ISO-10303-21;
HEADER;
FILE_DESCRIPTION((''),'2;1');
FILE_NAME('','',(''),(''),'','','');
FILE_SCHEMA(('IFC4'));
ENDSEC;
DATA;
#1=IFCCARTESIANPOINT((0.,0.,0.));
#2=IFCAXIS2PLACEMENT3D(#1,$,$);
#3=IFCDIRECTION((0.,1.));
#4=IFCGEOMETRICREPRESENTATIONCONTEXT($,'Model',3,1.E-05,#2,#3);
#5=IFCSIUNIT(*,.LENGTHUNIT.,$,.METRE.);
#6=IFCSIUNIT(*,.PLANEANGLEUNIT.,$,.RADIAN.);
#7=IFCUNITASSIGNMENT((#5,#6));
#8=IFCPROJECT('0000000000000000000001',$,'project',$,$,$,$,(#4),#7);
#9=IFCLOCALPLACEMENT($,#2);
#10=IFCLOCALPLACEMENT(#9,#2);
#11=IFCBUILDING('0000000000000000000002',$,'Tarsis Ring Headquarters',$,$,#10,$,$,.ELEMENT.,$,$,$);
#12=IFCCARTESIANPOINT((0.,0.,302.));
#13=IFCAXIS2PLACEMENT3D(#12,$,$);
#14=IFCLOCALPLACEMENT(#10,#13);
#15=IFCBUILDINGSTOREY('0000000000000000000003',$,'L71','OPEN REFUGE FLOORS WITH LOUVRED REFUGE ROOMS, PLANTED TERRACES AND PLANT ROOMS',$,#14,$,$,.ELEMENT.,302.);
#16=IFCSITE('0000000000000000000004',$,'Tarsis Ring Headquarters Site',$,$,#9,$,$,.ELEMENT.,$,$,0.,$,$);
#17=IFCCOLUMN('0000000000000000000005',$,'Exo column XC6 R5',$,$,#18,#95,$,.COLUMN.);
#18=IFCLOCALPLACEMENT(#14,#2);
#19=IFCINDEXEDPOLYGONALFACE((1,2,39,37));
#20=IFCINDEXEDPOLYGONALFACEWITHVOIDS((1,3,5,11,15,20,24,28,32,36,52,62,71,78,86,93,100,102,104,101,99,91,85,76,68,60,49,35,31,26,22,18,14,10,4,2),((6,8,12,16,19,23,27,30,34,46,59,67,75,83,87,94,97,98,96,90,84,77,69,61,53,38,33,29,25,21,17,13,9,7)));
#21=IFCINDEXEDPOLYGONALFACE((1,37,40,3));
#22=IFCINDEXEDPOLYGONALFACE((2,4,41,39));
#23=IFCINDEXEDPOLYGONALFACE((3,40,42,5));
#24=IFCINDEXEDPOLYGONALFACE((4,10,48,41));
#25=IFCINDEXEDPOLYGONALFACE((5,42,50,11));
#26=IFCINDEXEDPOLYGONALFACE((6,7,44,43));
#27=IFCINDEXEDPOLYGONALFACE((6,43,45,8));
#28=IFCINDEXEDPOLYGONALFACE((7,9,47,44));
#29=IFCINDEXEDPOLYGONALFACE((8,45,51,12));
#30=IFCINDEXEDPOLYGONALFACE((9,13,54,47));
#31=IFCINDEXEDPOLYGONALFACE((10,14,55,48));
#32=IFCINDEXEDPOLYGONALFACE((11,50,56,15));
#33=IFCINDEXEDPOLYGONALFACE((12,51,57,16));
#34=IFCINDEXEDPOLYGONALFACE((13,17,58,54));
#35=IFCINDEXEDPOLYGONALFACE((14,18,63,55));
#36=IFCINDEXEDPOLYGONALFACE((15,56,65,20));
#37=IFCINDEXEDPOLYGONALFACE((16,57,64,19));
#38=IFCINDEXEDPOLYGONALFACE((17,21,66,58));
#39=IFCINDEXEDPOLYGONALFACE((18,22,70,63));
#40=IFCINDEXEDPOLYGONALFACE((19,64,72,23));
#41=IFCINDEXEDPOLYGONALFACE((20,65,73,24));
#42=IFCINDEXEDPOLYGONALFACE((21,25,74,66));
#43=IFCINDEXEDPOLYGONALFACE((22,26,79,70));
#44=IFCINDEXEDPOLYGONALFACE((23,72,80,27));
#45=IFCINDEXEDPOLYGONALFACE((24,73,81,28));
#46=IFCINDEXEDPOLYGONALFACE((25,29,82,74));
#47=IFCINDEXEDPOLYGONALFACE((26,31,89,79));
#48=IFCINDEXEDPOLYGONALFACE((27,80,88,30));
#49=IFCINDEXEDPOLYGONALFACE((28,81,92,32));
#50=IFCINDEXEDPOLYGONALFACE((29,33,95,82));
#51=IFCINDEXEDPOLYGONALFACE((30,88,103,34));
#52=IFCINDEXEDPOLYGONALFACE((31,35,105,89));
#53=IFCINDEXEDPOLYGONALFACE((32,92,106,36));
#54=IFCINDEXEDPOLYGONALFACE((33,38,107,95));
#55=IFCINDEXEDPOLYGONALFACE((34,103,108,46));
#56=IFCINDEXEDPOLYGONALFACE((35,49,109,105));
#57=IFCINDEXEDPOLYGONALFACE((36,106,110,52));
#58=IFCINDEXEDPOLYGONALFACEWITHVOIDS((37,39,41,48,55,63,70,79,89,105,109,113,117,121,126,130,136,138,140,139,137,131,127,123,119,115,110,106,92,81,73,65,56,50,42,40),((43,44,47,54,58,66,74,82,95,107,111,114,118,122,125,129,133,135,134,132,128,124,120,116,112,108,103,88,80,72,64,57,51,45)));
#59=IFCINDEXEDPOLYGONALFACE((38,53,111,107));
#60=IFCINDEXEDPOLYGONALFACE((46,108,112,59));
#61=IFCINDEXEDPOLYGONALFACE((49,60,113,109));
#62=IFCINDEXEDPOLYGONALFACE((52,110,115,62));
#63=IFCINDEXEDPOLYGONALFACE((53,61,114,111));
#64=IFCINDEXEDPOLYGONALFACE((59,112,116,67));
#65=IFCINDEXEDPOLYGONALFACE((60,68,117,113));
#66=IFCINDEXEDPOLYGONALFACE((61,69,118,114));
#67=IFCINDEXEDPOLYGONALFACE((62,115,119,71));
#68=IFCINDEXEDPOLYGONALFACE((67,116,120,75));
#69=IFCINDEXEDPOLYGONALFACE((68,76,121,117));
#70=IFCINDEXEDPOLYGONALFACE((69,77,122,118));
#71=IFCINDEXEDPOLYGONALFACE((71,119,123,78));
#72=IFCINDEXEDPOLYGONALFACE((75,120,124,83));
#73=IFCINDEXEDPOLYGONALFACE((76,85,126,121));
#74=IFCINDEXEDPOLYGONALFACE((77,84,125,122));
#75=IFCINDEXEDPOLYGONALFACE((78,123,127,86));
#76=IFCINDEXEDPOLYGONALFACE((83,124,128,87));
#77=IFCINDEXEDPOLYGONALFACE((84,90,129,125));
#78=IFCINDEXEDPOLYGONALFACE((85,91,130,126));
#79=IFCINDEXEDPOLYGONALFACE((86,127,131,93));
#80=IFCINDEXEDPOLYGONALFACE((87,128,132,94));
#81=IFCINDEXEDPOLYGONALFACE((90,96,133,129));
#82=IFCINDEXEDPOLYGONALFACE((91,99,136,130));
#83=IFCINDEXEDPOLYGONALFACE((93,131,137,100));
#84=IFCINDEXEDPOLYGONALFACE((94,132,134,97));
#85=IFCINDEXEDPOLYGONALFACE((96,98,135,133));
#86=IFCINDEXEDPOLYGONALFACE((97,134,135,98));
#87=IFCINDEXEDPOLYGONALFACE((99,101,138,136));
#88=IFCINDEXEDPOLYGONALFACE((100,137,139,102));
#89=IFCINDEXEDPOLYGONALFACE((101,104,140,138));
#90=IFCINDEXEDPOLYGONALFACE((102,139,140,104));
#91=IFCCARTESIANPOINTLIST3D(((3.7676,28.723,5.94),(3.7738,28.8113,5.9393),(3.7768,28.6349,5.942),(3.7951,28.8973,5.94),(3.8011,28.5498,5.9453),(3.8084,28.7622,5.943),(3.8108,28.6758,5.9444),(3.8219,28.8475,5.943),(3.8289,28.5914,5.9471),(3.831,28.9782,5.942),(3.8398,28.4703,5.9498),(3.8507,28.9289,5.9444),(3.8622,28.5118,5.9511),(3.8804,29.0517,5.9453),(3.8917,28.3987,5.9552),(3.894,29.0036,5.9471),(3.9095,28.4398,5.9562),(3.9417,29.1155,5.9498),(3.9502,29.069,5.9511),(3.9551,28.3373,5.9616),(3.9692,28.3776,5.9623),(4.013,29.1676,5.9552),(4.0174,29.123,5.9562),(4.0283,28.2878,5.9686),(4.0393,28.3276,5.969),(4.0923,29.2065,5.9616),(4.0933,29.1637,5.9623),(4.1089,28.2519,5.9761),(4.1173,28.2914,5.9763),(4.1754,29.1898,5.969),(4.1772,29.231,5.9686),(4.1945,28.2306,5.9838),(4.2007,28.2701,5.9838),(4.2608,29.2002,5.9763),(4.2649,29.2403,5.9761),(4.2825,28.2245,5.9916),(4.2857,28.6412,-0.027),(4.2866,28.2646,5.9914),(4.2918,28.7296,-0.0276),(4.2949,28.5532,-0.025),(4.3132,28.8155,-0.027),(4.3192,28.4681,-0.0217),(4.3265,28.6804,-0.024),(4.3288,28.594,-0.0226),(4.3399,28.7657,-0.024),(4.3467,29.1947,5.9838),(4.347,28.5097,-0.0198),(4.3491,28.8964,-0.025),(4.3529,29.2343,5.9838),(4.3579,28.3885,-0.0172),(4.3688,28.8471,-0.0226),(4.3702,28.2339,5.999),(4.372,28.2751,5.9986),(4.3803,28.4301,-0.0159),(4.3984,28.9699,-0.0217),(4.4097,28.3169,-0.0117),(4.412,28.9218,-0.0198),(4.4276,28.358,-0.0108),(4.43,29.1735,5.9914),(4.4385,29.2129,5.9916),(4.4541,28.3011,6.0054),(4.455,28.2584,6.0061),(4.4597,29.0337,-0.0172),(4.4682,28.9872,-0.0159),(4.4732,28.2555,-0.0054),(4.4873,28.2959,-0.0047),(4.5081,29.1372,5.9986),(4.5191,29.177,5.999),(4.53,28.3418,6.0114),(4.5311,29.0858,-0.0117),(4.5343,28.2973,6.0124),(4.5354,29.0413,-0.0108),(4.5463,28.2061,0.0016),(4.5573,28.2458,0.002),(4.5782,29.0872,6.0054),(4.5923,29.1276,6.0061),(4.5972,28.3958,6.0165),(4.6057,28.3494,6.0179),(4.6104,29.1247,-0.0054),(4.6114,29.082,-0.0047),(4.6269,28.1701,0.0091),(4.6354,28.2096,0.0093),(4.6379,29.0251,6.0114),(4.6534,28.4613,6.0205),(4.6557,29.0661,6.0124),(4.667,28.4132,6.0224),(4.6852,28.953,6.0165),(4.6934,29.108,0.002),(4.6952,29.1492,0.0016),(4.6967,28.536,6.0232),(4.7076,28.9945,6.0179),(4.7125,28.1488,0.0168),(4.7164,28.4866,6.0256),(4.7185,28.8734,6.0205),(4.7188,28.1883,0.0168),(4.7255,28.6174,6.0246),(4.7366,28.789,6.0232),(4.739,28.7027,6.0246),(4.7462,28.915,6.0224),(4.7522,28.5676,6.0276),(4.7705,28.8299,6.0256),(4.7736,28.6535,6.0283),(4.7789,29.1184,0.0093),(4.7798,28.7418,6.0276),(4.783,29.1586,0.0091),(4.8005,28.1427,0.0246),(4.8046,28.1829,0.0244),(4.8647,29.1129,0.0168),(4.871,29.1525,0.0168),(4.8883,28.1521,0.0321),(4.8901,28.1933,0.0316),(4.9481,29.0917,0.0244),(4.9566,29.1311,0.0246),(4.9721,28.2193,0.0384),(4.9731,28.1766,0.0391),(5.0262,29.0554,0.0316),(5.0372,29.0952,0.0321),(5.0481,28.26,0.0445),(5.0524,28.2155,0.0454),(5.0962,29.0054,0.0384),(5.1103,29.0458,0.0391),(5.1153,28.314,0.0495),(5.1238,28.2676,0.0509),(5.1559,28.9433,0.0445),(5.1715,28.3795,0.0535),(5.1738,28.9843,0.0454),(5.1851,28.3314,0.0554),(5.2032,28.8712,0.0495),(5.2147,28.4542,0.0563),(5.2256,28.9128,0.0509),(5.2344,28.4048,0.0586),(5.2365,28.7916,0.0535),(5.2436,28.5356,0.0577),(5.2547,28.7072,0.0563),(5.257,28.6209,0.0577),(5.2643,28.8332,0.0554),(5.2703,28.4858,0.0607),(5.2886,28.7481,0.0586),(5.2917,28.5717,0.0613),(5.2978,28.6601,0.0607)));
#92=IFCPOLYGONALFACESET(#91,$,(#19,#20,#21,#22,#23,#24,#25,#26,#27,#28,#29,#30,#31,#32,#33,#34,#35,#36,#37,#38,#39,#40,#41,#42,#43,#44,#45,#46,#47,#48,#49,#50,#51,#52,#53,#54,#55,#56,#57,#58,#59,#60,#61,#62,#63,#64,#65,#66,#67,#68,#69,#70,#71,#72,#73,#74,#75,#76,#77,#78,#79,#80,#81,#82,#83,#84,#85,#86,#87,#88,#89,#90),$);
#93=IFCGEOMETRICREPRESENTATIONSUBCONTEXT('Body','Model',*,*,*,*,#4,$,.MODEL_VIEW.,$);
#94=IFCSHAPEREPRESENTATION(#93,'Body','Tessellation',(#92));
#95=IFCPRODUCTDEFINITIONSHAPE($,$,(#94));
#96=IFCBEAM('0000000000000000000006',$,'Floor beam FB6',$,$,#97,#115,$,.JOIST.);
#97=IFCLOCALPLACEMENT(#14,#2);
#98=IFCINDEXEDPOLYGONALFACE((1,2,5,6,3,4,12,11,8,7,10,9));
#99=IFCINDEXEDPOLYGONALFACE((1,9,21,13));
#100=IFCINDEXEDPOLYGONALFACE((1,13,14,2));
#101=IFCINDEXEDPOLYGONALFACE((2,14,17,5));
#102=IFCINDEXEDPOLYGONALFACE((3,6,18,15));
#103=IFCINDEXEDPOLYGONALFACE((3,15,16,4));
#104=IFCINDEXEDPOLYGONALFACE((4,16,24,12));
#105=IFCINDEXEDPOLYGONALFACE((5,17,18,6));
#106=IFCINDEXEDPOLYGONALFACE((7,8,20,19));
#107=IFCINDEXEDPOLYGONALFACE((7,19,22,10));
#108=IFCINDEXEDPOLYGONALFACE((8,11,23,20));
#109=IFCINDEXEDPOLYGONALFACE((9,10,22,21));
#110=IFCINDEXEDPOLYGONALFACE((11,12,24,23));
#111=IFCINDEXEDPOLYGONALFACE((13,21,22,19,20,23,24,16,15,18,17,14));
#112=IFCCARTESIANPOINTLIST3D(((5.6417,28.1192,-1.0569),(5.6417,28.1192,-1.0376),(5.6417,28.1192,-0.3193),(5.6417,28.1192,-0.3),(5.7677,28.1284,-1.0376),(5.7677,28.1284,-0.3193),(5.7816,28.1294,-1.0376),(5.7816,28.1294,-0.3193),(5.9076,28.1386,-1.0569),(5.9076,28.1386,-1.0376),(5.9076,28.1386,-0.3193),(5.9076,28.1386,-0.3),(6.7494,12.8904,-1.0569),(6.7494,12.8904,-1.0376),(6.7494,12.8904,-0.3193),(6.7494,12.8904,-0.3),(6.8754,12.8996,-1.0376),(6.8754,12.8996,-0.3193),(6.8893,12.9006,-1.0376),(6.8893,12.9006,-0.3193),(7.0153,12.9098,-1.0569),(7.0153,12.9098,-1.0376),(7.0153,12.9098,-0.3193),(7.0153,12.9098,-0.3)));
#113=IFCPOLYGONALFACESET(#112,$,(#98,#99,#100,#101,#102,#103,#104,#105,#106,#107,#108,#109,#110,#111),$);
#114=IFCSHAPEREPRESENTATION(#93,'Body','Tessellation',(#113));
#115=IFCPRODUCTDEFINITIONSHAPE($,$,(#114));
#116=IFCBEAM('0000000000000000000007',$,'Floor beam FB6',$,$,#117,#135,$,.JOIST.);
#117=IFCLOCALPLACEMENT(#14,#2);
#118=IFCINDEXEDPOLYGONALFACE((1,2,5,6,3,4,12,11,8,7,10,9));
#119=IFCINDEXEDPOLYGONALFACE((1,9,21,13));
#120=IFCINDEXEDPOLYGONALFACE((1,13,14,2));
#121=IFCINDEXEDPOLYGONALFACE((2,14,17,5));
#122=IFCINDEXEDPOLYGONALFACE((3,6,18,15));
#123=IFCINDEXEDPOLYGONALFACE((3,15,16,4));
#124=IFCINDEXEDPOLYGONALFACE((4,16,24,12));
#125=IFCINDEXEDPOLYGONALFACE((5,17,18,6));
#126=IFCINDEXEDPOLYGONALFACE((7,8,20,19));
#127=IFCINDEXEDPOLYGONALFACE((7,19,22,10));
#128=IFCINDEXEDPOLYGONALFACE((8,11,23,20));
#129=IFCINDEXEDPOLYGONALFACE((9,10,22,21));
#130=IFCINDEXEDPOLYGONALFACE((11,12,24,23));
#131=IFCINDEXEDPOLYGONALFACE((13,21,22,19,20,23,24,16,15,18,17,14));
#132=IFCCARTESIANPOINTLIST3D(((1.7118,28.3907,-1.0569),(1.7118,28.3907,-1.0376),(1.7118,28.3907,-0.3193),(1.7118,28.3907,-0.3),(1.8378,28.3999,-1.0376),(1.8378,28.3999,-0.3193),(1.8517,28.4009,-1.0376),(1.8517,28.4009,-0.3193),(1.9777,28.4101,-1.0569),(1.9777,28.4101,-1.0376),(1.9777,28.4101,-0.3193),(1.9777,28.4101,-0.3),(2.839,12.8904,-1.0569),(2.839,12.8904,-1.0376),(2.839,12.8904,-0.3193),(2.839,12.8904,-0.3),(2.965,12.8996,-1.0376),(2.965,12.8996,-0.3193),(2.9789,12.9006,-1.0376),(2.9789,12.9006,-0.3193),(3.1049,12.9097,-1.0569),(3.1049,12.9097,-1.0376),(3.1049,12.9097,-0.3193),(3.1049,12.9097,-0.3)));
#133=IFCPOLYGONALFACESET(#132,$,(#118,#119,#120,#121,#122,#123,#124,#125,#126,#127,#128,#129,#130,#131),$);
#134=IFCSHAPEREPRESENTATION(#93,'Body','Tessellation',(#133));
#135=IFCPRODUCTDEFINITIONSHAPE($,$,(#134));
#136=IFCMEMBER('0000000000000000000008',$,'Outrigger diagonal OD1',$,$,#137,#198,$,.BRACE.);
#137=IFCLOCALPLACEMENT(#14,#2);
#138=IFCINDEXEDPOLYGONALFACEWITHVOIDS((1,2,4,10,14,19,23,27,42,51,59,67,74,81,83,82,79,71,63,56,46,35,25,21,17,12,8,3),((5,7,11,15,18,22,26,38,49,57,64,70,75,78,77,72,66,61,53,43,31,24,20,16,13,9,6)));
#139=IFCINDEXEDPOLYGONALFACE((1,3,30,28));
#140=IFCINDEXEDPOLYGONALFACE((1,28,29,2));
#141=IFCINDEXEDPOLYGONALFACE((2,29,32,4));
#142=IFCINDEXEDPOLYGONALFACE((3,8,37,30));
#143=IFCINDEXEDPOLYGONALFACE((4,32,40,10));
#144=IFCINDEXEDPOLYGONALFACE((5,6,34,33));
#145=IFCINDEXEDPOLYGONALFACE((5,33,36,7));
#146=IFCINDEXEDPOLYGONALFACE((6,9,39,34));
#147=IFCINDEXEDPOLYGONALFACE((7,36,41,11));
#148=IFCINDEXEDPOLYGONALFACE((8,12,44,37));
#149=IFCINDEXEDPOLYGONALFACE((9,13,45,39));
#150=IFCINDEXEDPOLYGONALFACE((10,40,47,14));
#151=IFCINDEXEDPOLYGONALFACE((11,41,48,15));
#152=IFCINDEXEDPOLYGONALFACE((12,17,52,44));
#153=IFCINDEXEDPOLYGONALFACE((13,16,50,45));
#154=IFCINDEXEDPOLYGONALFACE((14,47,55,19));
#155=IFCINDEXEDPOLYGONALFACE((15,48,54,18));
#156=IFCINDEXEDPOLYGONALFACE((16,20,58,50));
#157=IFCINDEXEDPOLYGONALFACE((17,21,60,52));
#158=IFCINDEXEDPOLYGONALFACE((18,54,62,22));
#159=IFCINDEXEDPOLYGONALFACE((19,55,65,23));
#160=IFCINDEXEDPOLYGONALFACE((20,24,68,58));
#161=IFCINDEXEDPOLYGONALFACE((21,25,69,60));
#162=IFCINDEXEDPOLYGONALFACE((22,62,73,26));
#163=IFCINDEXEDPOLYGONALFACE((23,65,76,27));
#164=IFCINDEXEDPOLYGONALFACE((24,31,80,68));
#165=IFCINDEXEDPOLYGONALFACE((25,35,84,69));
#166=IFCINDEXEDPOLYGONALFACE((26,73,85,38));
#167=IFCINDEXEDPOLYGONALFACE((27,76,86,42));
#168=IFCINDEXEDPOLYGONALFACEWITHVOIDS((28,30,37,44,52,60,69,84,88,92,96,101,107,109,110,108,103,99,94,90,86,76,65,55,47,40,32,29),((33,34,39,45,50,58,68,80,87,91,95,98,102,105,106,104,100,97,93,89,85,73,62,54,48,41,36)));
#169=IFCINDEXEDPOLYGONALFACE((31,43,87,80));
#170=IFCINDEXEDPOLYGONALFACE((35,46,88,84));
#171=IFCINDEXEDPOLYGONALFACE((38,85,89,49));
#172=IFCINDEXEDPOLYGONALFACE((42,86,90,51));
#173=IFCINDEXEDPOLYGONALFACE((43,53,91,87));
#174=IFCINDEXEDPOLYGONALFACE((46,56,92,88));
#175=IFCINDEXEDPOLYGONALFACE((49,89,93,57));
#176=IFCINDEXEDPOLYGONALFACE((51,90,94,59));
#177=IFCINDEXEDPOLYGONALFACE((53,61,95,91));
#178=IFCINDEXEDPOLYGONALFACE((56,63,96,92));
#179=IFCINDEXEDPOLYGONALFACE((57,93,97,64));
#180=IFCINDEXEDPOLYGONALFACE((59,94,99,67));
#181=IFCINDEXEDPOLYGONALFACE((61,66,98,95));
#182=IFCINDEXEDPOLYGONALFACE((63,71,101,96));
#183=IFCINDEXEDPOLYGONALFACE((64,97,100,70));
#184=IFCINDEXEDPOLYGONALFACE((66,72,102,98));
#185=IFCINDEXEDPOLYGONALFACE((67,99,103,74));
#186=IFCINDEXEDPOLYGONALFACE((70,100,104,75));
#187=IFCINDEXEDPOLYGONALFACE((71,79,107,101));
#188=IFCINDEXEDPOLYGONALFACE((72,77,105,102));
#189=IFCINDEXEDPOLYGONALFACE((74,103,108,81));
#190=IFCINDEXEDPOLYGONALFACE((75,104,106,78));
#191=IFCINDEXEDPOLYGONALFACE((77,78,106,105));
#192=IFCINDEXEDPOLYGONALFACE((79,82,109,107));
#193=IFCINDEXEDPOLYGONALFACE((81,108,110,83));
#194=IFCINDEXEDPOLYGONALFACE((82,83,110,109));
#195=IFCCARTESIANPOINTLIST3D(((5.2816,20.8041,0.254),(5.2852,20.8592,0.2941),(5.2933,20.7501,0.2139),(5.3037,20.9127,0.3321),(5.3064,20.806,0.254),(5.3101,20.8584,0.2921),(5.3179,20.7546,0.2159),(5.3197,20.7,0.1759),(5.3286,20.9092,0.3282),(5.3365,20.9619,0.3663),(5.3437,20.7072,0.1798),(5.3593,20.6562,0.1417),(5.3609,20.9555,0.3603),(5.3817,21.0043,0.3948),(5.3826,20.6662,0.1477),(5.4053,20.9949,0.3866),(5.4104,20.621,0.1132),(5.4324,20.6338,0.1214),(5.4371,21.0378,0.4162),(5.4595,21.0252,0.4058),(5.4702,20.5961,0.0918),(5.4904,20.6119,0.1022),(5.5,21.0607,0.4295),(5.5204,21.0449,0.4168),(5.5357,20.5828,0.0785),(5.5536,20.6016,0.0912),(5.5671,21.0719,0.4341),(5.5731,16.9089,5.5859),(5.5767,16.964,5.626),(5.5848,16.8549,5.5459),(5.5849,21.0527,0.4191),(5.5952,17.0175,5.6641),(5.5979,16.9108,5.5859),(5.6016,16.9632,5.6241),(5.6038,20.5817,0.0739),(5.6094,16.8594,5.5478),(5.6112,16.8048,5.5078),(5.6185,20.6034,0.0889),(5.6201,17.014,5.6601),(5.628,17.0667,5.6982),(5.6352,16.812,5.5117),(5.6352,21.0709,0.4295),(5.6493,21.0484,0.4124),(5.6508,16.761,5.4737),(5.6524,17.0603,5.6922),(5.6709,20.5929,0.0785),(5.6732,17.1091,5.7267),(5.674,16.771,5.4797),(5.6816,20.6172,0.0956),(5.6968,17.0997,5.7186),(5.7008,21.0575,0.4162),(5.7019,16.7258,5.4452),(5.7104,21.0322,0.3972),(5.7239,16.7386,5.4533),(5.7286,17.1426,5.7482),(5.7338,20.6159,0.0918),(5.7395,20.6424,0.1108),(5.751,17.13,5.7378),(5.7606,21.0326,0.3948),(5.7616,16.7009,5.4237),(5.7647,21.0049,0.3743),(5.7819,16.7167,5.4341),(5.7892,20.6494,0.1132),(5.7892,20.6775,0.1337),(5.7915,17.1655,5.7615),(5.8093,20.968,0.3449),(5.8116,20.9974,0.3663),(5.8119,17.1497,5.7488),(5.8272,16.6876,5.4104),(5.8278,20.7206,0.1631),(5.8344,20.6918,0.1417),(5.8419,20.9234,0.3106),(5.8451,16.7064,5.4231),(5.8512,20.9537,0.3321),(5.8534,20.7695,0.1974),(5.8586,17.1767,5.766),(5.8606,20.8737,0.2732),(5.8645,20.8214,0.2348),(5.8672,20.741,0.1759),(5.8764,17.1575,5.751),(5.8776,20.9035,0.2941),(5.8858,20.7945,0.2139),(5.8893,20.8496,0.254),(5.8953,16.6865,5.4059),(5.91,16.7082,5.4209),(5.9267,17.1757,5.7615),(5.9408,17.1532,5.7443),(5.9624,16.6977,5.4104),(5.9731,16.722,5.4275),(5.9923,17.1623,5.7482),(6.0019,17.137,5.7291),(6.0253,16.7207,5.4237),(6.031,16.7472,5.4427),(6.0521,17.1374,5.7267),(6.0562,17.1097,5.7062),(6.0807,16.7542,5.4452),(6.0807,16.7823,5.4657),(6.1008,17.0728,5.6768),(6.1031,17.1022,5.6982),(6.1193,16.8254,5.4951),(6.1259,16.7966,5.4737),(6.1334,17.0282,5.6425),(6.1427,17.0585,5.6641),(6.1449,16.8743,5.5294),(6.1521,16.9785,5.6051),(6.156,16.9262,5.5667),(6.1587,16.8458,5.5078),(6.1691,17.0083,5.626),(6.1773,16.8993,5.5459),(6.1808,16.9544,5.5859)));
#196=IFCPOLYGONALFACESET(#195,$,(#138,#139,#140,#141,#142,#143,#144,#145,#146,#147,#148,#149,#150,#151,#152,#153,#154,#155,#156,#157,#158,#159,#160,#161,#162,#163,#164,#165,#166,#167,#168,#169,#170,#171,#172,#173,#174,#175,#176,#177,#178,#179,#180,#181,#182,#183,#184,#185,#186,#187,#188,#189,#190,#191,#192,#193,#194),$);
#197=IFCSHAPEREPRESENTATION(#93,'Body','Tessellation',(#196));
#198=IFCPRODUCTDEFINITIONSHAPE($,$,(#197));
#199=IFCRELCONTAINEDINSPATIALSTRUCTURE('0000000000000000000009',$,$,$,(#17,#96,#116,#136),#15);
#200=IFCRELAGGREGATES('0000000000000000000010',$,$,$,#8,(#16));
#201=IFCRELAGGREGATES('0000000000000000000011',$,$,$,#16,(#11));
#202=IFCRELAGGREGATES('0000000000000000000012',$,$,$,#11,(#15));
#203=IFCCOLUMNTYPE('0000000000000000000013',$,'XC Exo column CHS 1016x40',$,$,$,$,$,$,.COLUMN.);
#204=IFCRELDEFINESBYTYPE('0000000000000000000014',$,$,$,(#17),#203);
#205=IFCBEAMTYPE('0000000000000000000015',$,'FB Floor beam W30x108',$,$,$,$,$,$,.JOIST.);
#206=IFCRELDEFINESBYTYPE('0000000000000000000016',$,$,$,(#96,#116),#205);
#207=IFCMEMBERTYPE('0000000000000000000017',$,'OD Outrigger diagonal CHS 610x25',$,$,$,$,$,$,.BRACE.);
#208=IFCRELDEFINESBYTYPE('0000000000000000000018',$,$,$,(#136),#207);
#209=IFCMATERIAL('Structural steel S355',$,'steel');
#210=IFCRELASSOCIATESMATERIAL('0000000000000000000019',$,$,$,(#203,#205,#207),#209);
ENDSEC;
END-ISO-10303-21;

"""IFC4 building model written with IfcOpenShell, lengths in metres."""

from ifc_helpers import new_model, si_unit, direction, frame, origin, origin_2d, place, context, subcontext, project, spatial, hollow_circle, i_section, extrude, material, material_profile, profile_set, type_object, element, save


model = new_model("IFC4")

# Units and contexts
model_context = context("Model", 3, precision=1e-05, world=origin(), true_north=direction((0.0, 1.0)))
body_context = subcontext(model_context, "Body", "Model", "MODEL_VIEW")
ifc_project = project(units=[si_unit("LENGTHUNIT", "METRE"), si_unit("PLANEANGLEUNIT", "RADIAN")], contexts=[model_context])

# Site, building, storey
site_placement = place(None, origin())
site = spatial("IfcSite", under=ifc_project, at=site_placement, Name="Tarsis Ring Headquarters Site", CompositionType="ELEMENT", RefElevation=0.0)
building_placement = place(site_placement, origin())
building = spatial("IfcBuilding", under=site, at=building_placement, Name="Tarsis Ring Headquarters", CompositionType="ELEMENT")
storey_placement = place(building_placement, frame((0.0, 0.0, 302.0)))
storey = spatial("IfcBuildingStorey", under=building, at=storey_placement, Name="L71", Description="OPEN REFUGE FLOORS WITH LOUVRED REFUGE ROOMS, PLANTED TERRACES AND PLANT ROOMS", CompositionType="ELEMENT", Elevation=302.0)

# Column
ifc_material_1 = material(Name="Structural steel S355", Category="steel")
ifc_material_profile_1 = material_profile(ifc_material_1, hollow_circle(Radius=0.5081, WallThickness=0.04, at=origin_2d()), Name="CHS 1016x40")
ifc_profile_set_1 = profile_set([ifc_material_profile_1], Name="Structural steel S355")
column_type = type_object("IfcColumnType", Name="XC Exo column CHS 1016x40", PredefinedType="COLUMN", material=ifc_profile_set_1)
column_placement = place(storey_placement, frame((4.7917, 28.6506, 0.0168), z_axis=(-0.086488, 0.013654, 0.996159), x_axis=(-0.155939, -0.987767, 0.0)))
element("IfcColumn", 1, at=column_placement, inside=storey, type_object=column_type, Name="Exo column XC6 R5", PredefinedType="COLUMN", context=body_context, shape_type="SweptSolid", body=[
    extrude(hollow_circle(Radius=0.5081, WallThickness=0.04, at=origin_2d()), origin(), (0.0, 0.0, 1.0), 5.99),
])

# Beams
ifc_material_profile_2 = material_profile(ifc_material_1, i_section(OverallWidth=0.2666, OverallDepth=0.7568, WebThickness=0.0139, FlangeThickness=0.0193, at=origin_2d()), Name="W30x108")
ifc_profile_set_2 = profile_set([ifc_material_profile_2], Name="Structural steel S355")
beam_type_1 = type_object("IfcBeamType", Name="FB Floor beam W30x108", PredefinedType="JOIST", material=ifc_profile_set_2)
beam_1_placement = place(storey_placement, frame((5.7747, 28.1289, -0.6785), z_axis=(0.072544, -0.997365, 0.0), x_axis=(0.997365, 0.072544, 0.0)))
element("IfcBeam", 2, at=beam_1_placement, inside=storey, type_object=beam_type_1, Name="Floor beam FB6", PredefinedType="JOIST", context=body_context, shape_type="SweptSolid", body=[
    extrude(i_section(OverallWidth=0.2666, OverallDepth=0.7568, WebThickness=0.0139, FlangeThickness=0.0193, at=origin_2d()), origin(), (0.0, 0.0, 1.0), 15.269),
])
beam_2_placement = place(storey_placement, frame((1.8447, 28.4004, -0.6785), z_axis=(0.07253, -0.997366, 0.0), x_axis=(0.997366, 0.07253, 0.0)))
element("IfcBeam", 3, at=beam_2_placement, inside=storey, type_object=beam_type_1, Name="Floor beam FB6", PredefinedType="JOIST", context=body_context, shape_type="SweptSolid", body=[
    extrude(i_section(OverallWidth=0.2666, OverallDepth=0.7568, WebThickness=0.0139, FlangeThickness=0.0193, at=origin_2d()), origin(), (0.0, 0.0, 1.0), 15.5413),
])

# Member
ifc_material_profile_3 = material_profile(ifc_material_1, hollow_circle(Radius=0.3047, WallThickness=0.0249, at=origin_2d()), Name="CHS 610x25")
ifc_profile_set_3 = profile_set([ifc_material_profile_3], Name="Structural steel S355")
member_type_1 = type_object("IfcMemberType", Name="OD Outrigger diagonal CHS 610x25", PredefinedType="BRACE", material=ifc_profile_set_3)
member_1_placement = place(storey_placement, frame((5.877, 16.9316, 5.5859), z_axis=(-0.044102, 0.589322, -0.806694), x_axis=(-0.997212, -0.074627, 0.0)))
element("IfcMember", 4, at=member_1_placement, inside=storey, type_object=member_type_1, Name="Outrigger diagonal OD1", PredefinedType="BRACE", context=body_context, shape_type="SweptSolid", body=[
    extrude(hollow_circle(Radius=0.3047, WallThickness=0.0249, at=origin_2d()), origin(), (0.0, 0.0, 1.0), 6.6096),
])

save(model, "model.ifc")
